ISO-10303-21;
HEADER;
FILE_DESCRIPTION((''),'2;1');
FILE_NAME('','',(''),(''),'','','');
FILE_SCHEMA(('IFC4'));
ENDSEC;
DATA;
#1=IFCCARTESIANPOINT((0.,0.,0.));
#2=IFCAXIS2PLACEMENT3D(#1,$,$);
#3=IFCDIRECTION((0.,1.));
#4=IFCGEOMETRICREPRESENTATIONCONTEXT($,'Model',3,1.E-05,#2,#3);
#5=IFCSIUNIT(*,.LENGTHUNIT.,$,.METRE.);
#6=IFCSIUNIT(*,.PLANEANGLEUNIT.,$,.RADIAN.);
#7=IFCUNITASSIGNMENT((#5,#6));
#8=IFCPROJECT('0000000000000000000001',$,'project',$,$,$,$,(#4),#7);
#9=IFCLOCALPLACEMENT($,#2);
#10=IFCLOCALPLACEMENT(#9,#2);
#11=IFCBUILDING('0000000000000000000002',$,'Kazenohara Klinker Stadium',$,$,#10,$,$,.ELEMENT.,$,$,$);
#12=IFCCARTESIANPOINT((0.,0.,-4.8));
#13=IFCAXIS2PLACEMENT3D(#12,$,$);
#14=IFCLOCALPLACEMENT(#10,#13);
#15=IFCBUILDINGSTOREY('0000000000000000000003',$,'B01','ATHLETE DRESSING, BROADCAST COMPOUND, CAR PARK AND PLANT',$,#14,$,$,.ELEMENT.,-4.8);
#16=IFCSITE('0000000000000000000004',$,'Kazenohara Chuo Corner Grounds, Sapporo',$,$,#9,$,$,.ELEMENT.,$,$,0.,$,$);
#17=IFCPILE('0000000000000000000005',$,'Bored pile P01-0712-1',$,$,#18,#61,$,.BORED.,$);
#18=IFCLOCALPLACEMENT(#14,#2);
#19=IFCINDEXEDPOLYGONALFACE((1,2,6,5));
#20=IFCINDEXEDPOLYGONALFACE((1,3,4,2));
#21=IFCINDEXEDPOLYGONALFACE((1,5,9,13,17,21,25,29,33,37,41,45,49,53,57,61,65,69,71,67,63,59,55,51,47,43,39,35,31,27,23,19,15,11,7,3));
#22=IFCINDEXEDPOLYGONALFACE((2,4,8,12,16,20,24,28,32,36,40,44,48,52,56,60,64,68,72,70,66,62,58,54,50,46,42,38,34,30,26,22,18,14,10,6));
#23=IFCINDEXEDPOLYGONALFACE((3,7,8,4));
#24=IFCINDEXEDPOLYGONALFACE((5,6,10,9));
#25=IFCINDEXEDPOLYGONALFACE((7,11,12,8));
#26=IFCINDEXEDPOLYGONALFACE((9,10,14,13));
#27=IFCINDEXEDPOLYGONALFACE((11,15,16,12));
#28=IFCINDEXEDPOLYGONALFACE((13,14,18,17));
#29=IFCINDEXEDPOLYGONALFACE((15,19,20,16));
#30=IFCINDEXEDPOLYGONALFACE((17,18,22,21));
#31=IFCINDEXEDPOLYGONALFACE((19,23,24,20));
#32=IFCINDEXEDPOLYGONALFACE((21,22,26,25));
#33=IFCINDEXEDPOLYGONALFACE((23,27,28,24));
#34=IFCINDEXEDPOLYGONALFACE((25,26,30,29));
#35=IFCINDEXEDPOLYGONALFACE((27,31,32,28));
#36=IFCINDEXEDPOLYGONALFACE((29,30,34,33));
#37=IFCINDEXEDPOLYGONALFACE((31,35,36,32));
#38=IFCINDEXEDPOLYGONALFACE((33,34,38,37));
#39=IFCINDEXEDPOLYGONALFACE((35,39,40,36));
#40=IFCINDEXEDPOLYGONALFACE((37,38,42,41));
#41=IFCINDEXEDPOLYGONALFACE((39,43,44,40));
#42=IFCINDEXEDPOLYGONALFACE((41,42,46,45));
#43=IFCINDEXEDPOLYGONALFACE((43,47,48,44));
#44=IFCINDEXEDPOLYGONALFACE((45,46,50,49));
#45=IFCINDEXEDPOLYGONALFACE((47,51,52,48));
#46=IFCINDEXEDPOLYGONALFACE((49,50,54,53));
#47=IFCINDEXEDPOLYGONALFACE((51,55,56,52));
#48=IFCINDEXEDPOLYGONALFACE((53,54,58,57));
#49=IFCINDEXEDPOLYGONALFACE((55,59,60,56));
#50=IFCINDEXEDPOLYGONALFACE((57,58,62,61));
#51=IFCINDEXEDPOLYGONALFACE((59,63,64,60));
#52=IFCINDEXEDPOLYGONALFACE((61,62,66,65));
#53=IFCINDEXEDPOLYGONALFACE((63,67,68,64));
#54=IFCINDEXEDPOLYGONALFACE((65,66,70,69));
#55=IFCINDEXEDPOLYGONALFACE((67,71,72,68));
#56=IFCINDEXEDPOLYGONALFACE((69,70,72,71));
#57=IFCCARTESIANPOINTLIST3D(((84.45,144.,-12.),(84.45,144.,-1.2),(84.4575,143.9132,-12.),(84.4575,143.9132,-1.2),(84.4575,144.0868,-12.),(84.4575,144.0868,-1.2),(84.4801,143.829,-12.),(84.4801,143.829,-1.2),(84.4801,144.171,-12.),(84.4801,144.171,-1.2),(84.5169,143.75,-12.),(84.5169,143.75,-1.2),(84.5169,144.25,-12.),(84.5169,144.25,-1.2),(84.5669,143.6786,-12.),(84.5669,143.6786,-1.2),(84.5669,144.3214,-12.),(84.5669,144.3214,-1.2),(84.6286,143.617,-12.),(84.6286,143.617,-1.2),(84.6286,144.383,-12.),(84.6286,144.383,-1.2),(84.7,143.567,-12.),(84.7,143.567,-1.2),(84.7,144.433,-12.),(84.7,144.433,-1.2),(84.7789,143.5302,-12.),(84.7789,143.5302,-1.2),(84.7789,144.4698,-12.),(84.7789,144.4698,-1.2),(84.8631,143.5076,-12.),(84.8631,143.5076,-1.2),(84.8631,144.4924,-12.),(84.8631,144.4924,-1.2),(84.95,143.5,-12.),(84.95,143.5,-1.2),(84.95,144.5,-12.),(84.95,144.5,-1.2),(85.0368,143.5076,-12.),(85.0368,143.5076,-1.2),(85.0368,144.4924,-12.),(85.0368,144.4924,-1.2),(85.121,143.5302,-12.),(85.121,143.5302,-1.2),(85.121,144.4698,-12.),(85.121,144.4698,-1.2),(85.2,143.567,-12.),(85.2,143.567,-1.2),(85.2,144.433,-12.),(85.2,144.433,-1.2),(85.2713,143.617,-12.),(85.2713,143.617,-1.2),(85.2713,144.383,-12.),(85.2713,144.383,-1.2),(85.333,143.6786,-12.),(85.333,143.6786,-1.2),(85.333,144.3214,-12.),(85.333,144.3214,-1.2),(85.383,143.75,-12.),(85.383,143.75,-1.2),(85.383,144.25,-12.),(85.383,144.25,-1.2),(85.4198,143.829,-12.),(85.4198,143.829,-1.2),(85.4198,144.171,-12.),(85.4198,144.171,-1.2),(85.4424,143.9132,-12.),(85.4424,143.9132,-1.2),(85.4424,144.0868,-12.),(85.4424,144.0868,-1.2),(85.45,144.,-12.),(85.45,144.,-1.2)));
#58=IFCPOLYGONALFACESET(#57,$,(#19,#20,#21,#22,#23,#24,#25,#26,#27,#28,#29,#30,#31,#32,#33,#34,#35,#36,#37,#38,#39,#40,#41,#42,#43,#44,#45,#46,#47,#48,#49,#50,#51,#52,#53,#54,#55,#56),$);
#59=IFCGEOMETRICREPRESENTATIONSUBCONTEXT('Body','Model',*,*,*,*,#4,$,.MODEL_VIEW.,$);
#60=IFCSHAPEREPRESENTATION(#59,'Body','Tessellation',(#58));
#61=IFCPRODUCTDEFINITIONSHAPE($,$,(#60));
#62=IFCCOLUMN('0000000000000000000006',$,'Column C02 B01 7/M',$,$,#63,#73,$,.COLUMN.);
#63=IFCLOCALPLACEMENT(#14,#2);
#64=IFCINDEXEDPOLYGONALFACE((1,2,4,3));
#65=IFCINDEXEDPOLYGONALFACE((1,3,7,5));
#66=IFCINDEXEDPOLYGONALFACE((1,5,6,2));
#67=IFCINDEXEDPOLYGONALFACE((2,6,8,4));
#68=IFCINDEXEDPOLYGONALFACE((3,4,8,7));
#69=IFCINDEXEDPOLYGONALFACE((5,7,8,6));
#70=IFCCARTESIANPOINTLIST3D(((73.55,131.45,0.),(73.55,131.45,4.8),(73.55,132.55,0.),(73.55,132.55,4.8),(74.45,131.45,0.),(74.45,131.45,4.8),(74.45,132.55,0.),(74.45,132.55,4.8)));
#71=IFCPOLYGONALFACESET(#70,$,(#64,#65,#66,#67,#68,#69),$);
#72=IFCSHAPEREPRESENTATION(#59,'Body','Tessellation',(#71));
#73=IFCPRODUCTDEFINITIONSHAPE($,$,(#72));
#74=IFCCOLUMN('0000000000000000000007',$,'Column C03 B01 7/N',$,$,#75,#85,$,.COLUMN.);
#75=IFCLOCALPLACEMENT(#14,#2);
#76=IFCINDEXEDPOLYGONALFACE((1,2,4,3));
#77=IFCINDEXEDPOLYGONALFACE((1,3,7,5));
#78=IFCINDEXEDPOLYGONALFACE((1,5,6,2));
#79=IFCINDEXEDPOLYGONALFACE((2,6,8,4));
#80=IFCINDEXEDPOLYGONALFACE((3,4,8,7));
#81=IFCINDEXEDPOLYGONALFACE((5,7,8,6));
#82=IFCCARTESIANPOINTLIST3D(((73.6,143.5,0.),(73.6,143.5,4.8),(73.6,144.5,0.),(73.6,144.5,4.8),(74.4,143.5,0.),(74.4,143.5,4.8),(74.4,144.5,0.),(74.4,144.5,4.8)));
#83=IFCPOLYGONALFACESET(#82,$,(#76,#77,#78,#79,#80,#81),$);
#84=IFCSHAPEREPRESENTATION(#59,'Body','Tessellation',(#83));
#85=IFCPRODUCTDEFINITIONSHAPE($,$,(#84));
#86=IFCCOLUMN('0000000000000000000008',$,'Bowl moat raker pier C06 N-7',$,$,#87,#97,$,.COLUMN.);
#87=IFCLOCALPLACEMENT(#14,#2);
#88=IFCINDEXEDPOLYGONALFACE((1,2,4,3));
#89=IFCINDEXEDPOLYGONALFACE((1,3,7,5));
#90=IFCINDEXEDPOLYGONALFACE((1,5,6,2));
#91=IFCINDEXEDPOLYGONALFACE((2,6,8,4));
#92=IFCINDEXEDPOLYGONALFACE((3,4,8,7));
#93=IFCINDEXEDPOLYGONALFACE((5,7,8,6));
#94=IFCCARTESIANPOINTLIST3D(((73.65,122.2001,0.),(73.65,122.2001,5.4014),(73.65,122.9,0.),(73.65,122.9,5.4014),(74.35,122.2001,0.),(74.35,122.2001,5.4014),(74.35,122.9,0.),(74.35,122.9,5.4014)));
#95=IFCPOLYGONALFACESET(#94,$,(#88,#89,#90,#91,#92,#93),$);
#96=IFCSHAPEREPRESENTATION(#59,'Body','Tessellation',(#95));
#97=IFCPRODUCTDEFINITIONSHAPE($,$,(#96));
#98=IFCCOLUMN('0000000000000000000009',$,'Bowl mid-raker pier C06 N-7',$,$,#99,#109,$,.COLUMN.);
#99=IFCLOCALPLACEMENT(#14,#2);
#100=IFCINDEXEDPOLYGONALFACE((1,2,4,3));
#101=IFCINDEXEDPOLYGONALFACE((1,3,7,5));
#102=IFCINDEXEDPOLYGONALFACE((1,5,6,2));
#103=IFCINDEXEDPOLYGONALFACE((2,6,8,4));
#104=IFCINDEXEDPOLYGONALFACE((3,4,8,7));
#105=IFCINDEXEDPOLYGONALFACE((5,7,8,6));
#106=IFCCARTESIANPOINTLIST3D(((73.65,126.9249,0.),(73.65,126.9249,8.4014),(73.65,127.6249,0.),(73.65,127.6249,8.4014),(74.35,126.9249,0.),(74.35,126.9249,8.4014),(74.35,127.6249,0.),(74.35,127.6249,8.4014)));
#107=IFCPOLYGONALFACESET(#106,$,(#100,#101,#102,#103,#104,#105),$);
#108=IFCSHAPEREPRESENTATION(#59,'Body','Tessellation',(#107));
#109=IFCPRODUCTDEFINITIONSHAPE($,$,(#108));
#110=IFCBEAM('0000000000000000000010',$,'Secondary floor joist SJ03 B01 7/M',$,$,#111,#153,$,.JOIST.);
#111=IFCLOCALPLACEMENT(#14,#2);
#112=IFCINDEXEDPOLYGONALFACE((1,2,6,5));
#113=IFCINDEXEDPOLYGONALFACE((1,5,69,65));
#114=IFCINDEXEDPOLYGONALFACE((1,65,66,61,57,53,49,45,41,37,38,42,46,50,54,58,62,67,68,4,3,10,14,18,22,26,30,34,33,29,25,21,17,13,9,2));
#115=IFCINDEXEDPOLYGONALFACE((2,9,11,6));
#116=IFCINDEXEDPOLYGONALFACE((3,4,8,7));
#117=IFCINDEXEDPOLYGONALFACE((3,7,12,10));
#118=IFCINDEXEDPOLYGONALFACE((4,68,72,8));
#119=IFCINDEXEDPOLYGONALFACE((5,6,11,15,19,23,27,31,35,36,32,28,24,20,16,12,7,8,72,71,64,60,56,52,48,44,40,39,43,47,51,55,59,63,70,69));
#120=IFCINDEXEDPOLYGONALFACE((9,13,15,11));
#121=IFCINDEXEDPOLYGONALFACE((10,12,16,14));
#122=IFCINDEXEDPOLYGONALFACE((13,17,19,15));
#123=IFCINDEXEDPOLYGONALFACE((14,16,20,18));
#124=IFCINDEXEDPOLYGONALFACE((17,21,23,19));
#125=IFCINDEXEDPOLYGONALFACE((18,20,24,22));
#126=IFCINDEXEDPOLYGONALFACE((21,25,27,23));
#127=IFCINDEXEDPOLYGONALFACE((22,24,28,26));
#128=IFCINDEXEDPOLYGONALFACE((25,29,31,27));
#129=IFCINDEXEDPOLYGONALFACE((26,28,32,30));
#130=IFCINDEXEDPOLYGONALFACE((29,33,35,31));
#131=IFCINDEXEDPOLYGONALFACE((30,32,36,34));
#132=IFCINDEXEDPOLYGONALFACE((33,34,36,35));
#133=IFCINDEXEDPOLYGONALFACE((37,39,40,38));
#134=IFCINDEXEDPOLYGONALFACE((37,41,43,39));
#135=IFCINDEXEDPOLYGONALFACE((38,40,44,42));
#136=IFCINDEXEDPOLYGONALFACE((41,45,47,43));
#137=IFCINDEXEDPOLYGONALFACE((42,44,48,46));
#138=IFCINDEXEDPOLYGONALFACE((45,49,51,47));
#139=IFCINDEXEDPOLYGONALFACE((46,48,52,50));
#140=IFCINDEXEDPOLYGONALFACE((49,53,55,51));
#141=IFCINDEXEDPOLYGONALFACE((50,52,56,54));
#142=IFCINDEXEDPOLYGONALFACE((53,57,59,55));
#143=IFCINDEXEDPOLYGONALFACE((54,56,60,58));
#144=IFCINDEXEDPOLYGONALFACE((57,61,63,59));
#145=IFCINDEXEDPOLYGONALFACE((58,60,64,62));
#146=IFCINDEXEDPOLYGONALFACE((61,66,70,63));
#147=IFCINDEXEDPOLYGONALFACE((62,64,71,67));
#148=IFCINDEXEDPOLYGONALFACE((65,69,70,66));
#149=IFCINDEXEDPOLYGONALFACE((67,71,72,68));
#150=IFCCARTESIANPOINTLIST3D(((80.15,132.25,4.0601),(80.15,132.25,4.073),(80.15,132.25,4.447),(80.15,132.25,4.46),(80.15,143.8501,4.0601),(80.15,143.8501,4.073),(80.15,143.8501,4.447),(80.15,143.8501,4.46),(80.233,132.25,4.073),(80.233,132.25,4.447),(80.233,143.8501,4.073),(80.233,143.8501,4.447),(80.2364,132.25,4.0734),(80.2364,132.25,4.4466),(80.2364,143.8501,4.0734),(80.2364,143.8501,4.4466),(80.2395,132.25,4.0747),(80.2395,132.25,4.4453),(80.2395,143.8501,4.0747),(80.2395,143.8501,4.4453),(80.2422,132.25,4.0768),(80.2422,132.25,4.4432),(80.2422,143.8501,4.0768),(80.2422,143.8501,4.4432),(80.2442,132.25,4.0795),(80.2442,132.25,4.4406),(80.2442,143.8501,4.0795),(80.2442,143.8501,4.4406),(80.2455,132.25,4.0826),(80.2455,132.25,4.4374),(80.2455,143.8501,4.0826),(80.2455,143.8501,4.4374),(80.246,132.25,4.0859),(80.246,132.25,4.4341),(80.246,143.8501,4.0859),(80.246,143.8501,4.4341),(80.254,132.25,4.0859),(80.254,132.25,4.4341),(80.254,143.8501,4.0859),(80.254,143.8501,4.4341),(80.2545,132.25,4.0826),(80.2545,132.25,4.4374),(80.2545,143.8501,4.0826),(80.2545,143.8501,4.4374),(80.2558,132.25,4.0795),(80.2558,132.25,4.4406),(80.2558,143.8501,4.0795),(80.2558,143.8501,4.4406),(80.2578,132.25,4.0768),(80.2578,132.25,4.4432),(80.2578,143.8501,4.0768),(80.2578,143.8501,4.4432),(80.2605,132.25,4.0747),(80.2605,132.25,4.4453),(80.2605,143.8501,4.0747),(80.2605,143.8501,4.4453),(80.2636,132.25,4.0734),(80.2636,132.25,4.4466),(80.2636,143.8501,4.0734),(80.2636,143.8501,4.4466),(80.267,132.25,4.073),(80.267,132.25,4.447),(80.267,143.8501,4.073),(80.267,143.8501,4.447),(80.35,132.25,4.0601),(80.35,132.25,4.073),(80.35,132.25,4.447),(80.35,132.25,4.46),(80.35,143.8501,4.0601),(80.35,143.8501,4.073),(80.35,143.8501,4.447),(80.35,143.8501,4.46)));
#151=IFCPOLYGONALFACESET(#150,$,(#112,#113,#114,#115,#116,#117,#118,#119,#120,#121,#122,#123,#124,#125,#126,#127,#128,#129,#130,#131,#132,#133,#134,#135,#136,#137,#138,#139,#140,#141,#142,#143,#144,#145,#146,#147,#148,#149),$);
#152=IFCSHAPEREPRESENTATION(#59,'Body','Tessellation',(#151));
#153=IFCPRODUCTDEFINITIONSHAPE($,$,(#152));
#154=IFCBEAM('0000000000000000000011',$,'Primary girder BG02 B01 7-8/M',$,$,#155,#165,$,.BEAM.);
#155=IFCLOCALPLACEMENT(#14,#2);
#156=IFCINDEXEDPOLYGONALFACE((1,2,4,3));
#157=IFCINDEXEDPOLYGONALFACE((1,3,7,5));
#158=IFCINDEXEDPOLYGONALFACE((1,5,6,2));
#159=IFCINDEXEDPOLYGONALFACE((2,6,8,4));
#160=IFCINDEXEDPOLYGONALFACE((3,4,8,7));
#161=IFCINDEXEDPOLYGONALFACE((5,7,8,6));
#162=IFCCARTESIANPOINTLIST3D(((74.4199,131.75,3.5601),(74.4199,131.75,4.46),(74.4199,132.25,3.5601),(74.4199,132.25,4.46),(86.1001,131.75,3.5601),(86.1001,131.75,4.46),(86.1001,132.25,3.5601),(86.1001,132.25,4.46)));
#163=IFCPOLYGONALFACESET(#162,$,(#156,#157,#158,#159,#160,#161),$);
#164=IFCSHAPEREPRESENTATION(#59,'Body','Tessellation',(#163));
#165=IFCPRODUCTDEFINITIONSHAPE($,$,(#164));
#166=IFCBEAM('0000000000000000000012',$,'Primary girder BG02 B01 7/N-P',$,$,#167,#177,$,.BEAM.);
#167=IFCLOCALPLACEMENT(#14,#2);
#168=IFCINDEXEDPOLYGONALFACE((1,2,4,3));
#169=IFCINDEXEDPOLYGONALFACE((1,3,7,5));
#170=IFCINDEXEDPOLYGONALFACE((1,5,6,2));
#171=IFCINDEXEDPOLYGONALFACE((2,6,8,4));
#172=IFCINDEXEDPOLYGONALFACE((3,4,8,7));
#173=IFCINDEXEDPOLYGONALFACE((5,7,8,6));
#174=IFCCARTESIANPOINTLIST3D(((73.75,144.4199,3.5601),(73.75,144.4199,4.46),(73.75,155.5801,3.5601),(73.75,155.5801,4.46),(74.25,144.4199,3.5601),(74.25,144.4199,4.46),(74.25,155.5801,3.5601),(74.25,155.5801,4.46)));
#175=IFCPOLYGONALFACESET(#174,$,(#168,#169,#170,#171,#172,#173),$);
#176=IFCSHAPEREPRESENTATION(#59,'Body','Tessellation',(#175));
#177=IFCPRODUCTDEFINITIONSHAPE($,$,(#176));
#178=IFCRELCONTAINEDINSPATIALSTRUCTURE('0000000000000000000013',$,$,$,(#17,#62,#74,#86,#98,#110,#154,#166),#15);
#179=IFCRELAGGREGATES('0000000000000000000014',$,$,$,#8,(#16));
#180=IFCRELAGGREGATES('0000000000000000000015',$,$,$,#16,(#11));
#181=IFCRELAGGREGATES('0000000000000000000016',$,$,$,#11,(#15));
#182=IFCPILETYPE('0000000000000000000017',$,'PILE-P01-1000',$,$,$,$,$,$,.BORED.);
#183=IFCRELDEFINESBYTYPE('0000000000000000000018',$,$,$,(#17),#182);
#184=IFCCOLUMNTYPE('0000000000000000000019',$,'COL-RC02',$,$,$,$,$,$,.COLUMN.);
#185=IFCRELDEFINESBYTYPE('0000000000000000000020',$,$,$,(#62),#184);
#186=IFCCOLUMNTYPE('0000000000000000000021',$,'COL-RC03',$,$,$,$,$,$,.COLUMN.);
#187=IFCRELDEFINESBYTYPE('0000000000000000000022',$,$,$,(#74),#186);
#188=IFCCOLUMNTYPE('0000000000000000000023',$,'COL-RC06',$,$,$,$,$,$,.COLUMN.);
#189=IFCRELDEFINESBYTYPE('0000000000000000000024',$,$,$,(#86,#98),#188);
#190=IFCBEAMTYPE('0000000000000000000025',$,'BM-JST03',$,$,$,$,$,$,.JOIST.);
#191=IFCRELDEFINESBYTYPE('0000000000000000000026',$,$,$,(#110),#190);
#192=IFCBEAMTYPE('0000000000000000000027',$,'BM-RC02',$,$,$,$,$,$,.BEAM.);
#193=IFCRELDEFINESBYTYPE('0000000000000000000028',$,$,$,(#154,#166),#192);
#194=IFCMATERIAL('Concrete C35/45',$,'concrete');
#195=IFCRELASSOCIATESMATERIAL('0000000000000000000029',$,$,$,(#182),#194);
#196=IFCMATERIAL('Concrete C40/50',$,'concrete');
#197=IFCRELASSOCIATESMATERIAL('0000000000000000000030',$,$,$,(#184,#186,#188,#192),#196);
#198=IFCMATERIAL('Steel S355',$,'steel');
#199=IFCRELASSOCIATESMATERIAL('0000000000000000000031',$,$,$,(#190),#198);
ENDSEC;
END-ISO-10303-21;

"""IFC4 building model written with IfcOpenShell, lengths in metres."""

from ifc_helpers import new_model, si_unit, direction, frame, origin, origin_2d, place, context, subcontext, project, spatial, rectangle, circle, i_section, extrude, material, material_profile, profile_set, type_object, element, save


model = new_model("IFC4")

# Units and contexts
model_context = context("Model", 3, precision=1e-05, world=origin(), true_north=direction((0.0, 1.0)))
body_context = subcontext(model_context, "Body", "Model", "MODEL_VIEW")
ifc_project = project(units=[si_unit("LENGTHUNIT", "METRE"), si_unit("PLANEANGLEUNIT", "RADIAN")], contexts=[model_context])

# Site, building, storey
site_placement = place(None, origin())
site = spatial("IfcSite", under=ifc_project, at=site_placement, Name="Kazenohara Chuo Corner Grounds, Sapporo", CompositionType="ELEMENT", RefElevation=0.0)
building_placement = place(site_placement, origin())
building = spatial("IfcBuilding", under=site, at=building_placement, Name="Kazenohara Klinker Stadium", CompositionType="ELEMENT")
storey_placement = place(building_placement, frame((0.0, 0.0, -4.8)))
storey = spatial("IfcBuildingStorey", under=building, at=storey_placement, Name="B01", Description="ATHLETE DRESSING, BROADCAST COMPOUND, CAR PARK AND PLANT", CompositionType="ELEMENT", Elevation=-4.8)

# Shared definitions
ifc_material_1 = material(Name="Concrete C35/45", Category="concrete")

# Pile
ifc_material_profile_1 = material_profile(ifc_material_1, circle(Radius=0.5, at=origin_2d()), Name="BORED-PILE-1000")
ifc_profile_set_1 = profile_set([ifc_material_profile_1], Name="Concrete C35/45")
pile_type = type_object("IfcPileType", Name="PILE-P01-1000", PredefinedType="BORED", material=ifc_profile_set_1)
pile_1_placement = place(storey_placement, frame((84.95, 144.0, -1.2), z_axis=(0.0, 0.0, -1.0), x_axis=(1.0, 0.0, 0.0)))
element("IfcPile", 1, at=pile_1_placement, inside=storey, type_object=pile_type, Name="Bored pile P01-0712-1", PredefinedType="BORED", context=body_context, shape_type="SweptSolid", body=[
    extrude(circle(Radius=0.5, at=origin_2d()), origin(), (0.0, 0.0, 1.0), 10.8),
])

# Columns
ifc_material_2 = material(Name="Concrete C40/50", Category="concrete")
ifc_material_profile_2 = material_profile(ifc_material_2, rectangle(XDim=0.8999, YDim=1.1001, at=origin_2d()), Name="RC-COL-1100x900")
ifc_profile_set_2 = profile_set([ifc_material_profile_2], Name="Concrete C40/50")
column_type_1 = type_object("IfcColumnType", Name="COL-RC02", PredefinedType="COLUMN", material=ifc_profile_set_2)
column_1_placement = place(storey_placement, frame((74.0, 132.0, 0.0), z_axis=(0.0, 0.0, 1.0), x_axis=(1.0, 0.0, 0.0)))
element("IfcColumn", 2, at=column_1_placement, inside=storey, type_object=column_type_1, Name="Column C02 B01 7/M", PredefinedType="COLUMN", context=body_context, shape_type="SweptSolid", body=[
    extrude(rectangle(XDim=0.8999, YDim=1.1001, at=origin_2d()), origin(), (0.0, 0.0, 1.0), 4.8),
])
ifc_material_profile_3 = material_profile(ifc_material_2, rectangle(XDim=0.8, YDim=1.0, at=origin_2d()), Name="RC-COL-1000x800")
ifc_profile_set_3 = profile_set([ifc_material_profile_3], Name="Concrete C40/50")
column_type_2 = type_object("IfcColumnType", Name="COL-RC03", PredefinedType="COLUMN", material=ifc_profile_set_3)
column_2_placement = place(storey_placement, frame((74.0, 144.0, 0.0), z_axis=(0.0, 0.0, 1.0), x_axis=(1.0, 0.0, 0.0)))
element("IfcColumn", 3, at=column_2_placement, inside=storey, type_object=column_type_2, Name="Column C03 B01 7/N", PredefinedType="COLUMN", context=body_context, shape_type="SweptSolid", body=[
    extrude(rectangle(XDim=0.8, YDim=1.0, at=origin_2d()), origin(), (0.0, 0.0, 1.0), 4.8),
])
ifc_material_profile_4 = material_profile(ifc_material_2, rectangle(XDim=0.7, YDim=0.7, at=origin_2d()), Name="RC-COL-700x700")
ifc_profile_set_4 = profile_set([ifc_material_profile_4], Name="Concrete C40/50")
column_type_3 = type_object("IfcColumnType", Name="COL-RC06", PredefinedType="COLUMN", material=ifc_profile_set_4)
column_3_placement = place(storey_placement, frame((74.0, 122.55, 0.0), z_axis=(0.0, 0.0, 1.0), x_axis=(1.0, 0.0, 0.0)))
element("IfcColumn", 4, at=column_3_placement, inside=storey, type_object=column_type_3, Name="Bowl moat raker pier C06 N-7", PredefinedType="COLUMN", context=body_context, shape_type="SweptSolid", body=[
    extrude(rectangle(XDim=0.7, YDim=0.7, at=origin_2d()), origin(), (0.0, 0.0, 1.0), 5.4014),
])
column_4_placement = place(storey_placement, frame((74.0, 127.2749, 0.0), z_axis=(0.0, 0.0, 1.0), x_axis=(1.0, 0.0, 0.0)))
element("IfcColumn", 5, at=column_4_placement, inside=storey, type_object=column_type_3, Name="Bowl mid-raker pier C06 N-7", PredefinedType="COLUMN", context=body_context, shape_type="SweptSolid", body=[
    extrude(rectangle(XDim=0.7, YDim=0.7, at=origin_2d()), origin(), (0.0, 0.0, 1.0), 8.4014),
])

# Beams
ifc_material_3 = material(Name="Steel S355", Category="steel")
ifc_material_profile_5 = material_profile(ifc_material_3, i_section(OverallWidth=0.2, OverallDepth=0.3999, WebThickness=0.0081, FlangeThickness=0.0129, FilletRadius=0.0129, at=origin_2d()), Name="H-400x200x8x13")
ifc_profile_set_5 = profile_set([ifc_material_profile_5], Name="Steel S355")
beam_type_1 = type_object("IfcBeamType", Name="BM-JST03", PredefinedType="JOIST", material=ifc_profile_set_5)
beam_1_placement = place(storey_placement, frame((80.25, 132.25, 4.26), z_axis=(0.0, 1.0, 0.0), x_axis=(-1.0, 0.0, 0.0)))
element("IfcBeam", 6, at=beam_1_placement, inside=storey, type_object=beam_type_1, Name="Secondary floor joist SJ03 B01 7/M", PredefinedType="JOIST", context=body_context, shape_type="SweptSolid", body=[
    extrude(i_section(OverallWidth=0.2, OverallDepth=0.3999, WebThickness=0.0081, FlangeThickness=0.0129, FilletRadius=0.0129, at=origin_2d()), origin(), (0.0, 0.0, 1.0), 11.6001),
])
ifc_material_profile_6 = material_profile(ifc_material_2, rectangle(XDim=0.5, YDim=0.8999, at=origin_2d()), Name="RC-BM-500x900")
ifc_profile_set_6 = profile_set([ifc_material_profile_6], Name="Concrete C40/50")
beam_type_2 = type_object("IfcBeamType", Name="BM-RC02", PredefinedType="BEAM", material=ifc_profile_set_6)
beam_2_placement = place(storey_placement, frame((74.4199, 132.0, 4.01), z_axis=(1.0, 0.0, 0.0), x_axis=(0.0, 1.0, 0.0)))
element("IfcBeam", 7, at=beam_2_placement, inside=storey, type_object=beam_type_2, Name="Primary girder BG02 B01 7-8/M", PredefinedType="BEAM", context=body_context, shape_type="SweptSolid", body=[
    extrude(rectangle(XDim=0.5, YDim=0.8999, at=origin_2d()), origin(), (0.0, 0.0, 1.0), 11.6802),
])
beam_3_placement = place(storey_placement, frame((74.0, 144.4199, 4.01), z_axis=(0.0, 1.0, 0.0), x_axis=(-1.0, 0.0, 0.0)))
element("IfcBeam", 8, at=beam_3_placement, inside=storey, type_object=beam_type_2, Name="Primary girder BG02 B01 7/N-P", PredefinedType="BEAM", context=body_context, shape_type="SweptSolid", body=[
    extrude(rectangle(XDim=0.5, YDim=0.8999, at=origin_2d()), origin(), (0.0, 0.0, 1.0), 11.1602),
])

save(model, "model.ifc")
